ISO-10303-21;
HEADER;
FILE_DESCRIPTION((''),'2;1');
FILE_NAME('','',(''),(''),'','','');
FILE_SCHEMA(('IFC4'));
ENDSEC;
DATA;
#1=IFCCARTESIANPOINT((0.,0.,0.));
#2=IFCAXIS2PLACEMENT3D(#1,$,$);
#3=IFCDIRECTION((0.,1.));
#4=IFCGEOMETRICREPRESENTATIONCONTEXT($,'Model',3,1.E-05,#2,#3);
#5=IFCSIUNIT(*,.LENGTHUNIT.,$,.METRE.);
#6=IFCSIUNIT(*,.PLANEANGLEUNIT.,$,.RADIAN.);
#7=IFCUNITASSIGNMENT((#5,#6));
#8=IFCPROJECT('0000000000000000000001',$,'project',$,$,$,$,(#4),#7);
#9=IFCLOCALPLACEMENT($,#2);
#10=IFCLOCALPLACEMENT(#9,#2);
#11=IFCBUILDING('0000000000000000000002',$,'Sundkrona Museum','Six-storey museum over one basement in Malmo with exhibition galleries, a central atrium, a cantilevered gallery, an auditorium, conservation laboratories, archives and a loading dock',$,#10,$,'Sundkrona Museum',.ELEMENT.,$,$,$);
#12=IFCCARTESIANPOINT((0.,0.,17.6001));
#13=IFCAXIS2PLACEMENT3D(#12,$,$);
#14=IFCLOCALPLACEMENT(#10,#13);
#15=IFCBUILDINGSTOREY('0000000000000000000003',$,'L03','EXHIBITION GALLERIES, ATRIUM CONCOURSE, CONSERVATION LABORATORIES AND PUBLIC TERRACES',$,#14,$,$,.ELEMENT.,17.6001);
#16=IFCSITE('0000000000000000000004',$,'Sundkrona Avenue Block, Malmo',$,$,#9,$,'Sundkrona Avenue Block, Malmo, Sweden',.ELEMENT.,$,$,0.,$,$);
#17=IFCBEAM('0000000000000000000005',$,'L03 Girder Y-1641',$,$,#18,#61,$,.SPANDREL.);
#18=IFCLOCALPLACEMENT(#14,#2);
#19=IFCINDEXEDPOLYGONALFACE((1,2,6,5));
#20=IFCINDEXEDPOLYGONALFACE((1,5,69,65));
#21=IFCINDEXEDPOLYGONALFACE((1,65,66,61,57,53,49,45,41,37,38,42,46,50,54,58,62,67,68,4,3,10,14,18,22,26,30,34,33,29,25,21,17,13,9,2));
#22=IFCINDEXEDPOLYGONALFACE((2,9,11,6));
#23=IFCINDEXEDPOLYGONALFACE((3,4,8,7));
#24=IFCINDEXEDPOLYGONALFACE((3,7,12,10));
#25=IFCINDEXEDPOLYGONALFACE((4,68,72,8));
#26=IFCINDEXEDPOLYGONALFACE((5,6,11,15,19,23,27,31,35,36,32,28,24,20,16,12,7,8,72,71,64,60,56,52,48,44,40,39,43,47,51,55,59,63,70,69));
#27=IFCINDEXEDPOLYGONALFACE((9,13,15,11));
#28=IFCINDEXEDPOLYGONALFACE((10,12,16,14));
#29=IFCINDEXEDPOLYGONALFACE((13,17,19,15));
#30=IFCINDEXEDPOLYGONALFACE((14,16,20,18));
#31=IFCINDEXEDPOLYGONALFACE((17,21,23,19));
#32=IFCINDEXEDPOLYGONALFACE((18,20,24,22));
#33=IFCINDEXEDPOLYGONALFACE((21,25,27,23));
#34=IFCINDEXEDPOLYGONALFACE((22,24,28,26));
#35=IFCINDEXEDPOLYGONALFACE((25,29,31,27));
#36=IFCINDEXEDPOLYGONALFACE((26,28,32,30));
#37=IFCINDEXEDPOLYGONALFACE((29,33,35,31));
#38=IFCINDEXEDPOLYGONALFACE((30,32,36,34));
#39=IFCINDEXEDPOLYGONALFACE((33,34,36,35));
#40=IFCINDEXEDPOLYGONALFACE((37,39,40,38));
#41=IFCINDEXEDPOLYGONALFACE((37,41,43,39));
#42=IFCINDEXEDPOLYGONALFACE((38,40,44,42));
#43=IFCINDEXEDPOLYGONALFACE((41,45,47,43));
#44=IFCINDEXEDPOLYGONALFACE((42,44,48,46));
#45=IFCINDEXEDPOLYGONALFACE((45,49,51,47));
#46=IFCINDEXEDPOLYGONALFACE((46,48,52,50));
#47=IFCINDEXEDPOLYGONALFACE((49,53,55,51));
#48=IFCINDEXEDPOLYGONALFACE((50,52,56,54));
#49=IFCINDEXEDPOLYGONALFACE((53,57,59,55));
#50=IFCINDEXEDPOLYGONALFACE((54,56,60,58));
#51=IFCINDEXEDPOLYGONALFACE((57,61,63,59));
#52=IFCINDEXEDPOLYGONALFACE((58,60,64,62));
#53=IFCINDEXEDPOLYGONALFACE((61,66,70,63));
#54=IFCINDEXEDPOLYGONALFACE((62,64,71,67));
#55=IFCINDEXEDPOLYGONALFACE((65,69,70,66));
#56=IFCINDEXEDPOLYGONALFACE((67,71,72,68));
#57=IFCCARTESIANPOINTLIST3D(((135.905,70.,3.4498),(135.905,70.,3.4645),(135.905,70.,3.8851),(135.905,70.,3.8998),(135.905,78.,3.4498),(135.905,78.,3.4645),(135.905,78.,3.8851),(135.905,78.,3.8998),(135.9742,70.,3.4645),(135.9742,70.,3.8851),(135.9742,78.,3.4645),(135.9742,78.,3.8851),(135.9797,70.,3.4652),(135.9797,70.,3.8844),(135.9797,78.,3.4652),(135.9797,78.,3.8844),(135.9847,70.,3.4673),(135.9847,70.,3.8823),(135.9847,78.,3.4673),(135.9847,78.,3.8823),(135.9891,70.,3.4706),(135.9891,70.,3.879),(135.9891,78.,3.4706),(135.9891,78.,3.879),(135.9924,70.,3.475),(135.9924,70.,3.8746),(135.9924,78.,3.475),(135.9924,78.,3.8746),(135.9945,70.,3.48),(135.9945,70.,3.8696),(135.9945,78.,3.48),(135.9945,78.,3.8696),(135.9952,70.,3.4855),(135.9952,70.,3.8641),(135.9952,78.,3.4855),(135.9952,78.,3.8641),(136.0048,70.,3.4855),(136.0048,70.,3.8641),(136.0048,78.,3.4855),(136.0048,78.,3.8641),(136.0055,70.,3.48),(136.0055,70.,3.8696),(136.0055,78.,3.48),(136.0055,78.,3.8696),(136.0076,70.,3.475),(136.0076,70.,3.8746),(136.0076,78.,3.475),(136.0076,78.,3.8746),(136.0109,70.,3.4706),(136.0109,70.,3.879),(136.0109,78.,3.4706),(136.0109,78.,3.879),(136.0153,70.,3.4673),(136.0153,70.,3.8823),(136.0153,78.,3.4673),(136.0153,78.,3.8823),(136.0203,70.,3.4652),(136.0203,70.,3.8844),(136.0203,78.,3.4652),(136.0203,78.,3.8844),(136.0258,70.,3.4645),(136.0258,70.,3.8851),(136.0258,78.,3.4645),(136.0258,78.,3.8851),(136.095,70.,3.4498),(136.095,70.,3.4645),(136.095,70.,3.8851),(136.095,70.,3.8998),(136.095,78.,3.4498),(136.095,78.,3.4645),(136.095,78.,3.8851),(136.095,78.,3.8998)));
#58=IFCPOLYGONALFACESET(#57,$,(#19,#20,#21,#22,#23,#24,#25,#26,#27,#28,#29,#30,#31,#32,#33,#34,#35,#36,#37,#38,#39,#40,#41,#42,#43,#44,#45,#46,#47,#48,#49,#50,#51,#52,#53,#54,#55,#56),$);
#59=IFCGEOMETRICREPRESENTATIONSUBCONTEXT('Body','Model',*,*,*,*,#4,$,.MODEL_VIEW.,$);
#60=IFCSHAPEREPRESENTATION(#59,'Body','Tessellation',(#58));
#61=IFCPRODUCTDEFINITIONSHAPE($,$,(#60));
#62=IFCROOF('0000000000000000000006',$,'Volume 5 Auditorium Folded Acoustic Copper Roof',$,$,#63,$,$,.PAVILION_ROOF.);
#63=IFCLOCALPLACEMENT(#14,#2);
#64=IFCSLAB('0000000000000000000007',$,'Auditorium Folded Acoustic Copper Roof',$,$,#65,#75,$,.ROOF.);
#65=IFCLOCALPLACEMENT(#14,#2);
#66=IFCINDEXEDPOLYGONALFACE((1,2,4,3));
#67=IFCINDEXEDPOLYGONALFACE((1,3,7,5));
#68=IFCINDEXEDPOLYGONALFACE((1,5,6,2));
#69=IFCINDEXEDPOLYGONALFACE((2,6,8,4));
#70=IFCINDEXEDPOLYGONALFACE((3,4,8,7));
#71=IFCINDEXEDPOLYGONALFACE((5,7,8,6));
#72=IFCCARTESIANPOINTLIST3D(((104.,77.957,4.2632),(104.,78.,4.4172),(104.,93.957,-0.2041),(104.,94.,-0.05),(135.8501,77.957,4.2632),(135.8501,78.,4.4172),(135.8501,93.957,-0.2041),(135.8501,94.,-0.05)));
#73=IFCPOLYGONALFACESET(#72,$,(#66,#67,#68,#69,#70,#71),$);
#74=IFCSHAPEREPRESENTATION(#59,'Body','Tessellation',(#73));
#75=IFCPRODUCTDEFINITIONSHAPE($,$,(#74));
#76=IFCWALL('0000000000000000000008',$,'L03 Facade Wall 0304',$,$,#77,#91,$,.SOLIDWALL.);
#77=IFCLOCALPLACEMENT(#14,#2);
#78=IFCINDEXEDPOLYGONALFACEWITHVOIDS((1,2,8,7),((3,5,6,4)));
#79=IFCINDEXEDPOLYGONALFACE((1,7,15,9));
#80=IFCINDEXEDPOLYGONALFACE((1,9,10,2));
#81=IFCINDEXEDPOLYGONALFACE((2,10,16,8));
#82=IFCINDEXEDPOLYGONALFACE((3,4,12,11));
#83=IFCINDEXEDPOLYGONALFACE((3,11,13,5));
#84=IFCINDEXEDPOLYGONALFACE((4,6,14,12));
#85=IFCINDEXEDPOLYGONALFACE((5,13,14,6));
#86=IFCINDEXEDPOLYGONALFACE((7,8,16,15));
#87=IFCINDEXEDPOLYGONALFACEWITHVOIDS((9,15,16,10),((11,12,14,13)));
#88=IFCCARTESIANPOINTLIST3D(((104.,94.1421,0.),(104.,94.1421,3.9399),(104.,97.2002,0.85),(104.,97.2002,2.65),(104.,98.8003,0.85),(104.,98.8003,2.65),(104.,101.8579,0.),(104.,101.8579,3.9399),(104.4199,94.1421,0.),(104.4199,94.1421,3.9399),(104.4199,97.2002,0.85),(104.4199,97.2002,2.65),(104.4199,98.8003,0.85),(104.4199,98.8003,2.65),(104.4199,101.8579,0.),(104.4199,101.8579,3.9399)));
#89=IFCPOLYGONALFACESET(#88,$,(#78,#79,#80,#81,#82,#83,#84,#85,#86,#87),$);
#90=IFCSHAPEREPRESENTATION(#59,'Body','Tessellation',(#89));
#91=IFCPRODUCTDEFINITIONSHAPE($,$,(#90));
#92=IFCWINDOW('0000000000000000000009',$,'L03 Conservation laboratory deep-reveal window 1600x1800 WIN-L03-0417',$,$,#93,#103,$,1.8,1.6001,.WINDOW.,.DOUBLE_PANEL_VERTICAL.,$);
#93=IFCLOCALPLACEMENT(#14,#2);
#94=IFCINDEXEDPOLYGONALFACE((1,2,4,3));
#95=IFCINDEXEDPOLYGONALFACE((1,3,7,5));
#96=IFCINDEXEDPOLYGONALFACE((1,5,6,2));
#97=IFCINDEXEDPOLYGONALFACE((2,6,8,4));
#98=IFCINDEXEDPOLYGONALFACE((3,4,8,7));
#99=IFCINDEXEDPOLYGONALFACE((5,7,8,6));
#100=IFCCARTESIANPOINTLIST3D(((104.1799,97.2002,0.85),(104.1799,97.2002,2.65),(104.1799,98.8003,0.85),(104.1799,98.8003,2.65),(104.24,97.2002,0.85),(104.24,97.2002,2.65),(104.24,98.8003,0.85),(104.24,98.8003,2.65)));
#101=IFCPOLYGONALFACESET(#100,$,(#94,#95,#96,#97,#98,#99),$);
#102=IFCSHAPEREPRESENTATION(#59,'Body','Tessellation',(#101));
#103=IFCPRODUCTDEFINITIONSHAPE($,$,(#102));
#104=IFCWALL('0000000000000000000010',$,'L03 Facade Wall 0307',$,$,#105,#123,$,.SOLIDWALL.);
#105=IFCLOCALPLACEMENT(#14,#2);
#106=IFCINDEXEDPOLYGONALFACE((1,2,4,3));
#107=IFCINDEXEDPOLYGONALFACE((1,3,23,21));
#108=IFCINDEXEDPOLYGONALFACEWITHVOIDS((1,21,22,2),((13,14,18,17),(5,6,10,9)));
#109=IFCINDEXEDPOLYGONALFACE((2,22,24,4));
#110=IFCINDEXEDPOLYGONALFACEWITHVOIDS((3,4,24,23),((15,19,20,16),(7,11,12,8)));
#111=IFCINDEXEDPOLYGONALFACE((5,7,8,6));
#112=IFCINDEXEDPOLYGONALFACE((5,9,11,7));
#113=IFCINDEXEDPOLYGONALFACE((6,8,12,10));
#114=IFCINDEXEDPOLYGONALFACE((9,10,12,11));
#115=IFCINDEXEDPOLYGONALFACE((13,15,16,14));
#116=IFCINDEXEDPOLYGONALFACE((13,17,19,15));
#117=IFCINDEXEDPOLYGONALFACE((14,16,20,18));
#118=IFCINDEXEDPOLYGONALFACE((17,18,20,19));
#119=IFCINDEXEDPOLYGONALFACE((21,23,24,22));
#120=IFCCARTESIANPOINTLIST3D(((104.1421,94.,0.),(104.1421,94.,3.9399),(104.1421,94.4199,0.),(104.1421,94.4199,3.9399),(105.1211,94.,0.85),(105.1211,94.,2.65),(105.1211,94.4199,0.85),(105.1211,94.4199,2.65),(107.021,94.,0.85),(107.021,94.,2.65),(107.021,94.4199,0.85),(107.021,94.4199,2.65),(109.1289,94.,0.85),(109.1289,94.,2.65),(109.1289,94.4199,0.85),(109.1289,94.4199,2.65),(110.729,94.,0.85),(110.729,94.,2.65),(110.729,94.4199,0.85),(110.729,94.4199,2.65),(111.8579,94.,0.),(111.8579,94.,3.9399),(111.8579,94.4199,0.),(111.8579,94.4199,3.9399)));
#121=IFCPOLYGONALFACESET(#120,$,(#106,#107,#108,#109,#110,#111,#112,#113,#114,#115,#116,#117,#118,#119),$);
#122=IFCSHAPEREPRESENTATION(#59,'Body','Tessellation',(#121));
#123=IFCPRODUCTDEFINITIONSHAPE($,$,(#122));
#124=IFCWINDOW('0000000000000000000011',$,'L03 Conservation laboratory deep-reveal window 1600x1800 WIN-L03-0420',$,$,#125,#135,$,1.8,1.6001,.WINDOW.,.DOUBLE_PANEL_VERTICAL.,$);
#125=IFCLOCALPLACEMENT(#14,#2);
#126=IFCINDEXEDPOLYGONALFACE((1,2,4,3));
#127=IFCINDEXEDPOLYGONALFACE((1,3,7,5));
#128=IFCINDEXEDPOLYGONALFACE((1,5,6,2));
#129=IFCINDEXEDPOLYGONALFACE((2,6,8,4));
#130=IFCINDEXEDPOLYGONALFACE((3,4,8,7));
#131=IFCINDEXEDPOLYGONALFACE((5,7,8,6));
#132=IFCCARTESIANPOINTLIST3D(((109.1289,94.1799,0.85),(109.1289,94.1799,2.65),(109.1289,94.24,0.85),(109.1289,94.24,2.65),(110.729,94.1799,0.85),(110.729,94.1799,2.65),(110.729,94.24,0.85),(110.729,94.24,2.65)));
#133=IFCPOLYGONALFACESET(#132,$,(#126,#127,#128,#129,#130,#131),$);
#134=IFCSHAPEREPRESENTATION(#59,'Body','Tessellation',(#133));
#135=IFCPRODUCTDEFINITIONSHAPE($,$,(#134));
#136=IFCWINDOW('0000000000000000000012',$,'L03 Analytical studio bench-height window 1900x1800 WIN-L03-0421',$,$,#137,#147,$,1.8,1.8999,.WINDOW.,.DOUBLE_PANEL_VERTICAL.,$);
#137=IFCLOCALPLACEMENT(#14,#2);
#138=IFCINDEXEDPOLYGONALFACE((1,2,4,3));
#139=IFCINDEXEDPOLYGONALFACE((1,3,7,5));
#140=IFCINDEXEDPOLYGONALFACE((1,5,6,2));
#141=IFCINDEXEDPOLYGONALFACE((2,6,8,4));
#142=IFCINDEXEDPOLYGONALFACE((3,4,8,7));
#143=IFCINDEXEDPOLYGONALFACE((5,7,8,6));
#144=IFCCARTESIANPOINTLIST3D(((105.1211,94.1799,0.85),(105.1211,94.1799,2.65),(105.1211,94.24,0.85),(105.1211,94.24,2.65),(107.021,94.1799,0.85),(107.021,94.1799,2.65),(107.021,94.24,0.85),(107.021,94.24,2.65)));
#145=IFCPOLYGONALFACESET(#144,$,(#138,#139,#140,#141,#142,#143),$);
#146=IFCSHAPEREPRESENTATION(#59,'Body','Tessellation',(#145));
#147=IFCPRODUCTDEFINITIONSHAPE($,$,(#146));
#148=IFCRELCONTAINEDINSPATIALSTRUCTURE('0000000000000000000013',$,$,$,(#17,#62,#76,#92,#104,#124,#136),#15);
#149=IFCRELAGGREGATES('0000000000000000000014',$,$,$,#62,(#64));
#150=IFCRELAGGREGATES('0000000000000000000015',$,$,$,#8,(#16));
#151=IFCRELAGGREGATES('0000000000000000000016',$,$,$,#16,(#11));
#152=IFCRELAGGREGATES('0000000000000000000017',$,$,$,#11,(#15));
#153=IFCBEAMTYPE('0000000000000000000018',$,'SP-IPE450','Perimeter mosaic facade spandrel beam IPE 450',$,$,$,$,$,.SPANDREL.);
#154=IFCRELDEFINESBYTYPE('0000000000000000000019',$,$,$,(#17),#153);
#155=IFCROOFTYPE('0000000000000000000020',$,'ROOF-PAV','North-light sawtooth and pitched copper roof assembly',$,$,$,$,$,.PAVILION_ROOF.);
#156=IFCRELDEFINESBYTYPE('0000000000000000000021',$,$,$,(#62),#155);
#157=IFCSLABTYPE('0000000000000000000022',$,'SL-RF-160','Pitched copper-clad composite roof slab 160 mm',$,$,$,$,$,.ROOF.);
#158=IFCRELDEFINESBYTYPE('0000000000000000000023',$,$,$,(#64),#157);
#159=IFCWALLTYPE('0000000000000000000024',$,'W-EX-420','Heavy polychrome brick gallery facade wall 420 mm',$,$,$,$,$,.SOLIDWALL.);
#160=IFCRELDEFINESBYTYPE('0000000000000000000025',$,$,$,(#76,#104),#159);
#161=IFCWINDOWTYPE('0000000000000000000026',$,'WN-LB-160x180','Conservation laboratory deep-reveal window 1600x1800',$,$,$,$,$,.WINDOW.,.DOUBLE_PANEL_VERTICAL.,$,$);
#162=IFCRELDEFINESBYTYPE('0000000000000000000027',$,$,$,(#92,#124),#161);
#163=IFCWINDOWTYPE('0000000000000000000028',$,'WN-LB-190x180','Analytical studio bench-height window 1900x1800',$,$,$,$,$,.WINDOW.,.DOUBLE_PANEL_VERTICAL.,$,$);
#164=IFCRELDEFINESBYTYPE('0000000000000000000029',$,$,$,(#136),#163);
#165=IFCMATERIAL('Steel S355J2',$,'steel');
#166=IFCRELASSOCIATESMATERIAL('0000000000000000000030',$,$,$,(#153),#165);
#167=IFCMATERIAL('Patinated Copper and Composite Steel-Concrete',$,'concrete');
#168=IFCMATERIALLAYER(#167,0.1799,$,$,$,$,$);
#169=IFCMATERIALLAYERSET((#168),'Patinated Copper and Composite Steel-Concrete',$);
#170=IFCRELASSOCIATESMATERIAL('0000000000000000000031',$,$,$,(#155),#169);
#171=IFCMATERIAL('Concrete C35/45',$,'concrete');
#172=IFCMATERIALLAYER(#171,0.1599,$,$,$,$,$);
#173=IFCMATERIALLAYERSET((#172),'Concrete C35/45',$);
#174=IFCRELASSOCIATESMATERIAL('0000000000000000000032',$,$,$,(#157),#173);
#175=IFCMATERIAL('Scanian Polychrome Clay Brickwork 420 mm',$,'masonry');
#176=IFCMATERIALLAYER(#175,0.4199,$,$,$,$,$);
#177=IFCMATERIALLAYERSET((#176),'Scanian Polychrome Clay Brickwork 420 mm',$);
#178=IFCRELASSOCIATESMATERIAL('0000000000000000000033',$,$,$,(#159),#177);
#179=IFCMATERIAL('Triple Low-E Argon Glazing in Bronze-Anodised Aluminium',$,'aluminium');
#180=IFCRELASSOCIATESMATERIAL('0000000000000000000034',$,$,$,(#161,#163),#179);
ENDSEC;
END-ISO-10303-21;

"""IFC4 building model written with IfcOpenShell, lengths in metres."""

from ifc_helpers import new_model, si_unit, direction, frame, frame_2d, origin, origin_2d, place, context, subcontext, project, spatial, polyline, rectangle, i_section, outline, extrude, material, layer, layer_set, material_profile, profile_set, type_object, element, fill, aggregate, save


model = new_model("IFC4")

# Units and contexts
model_context = context("Model", 3, precision=1e-05, world=origin(), true_north=direction((0.0, 1.0)))
body_context = subcontext(model_context, "Body", "Model", "MODEL_VIEW")
ifc_project = project(units=[si_unit("LENGTHUNIT", "METRE"), si_unit("PLANEANGLEUNIT", "RADIAN")], contexts=[model_context])

# Site, building, storey
site_placement = place(None, origin())
site = spatial("IfcSite", under=ifc_project, at=site_placement, Name="Sundkrona Avenue Block, Malmo", LongName="Sundkrona Avenue Block, Malmo, Sweden", CompositionType="ELEMENT", RefElevation=0.0)
building_placement = place(site_placement, origin())
building = spatial("IfcBuilding", under=site, at=building_placement, Name="Sundkrona Museum", Description="Six-storey museum over one basement in Malmo with exhibition galleries, a central atrium, a cantilevered gallery, an auditorium, conservation laboratories, archives and a loading dock", LongName="Sundkrona Museum", CompositionType="ELEMENT")
storey_placement = place(building_placement, frame((0.0, 0.0, 17.6001)))
storey = spatial("IfcBuildingStorey", under=building, at=storey_placement, Name="L03", Description="EXHIBITION GALLERIES, ATRIUM CONCOURSE, CONSERVATION LABORATORIES AND PUBLIC TERRACES", CompositionType="ELEMENT", Elevation=17.6001)

# Shared definitions
ifc_material_1 = material(Name="Steel S355J2", Category="steel")

# Beam
ifc_material_profile_1 = material_profile(ifc_material_1, i_section(OverallWidth=0.1899, OverallDepth=0.45, WebThickness=0.0095, FlangeThickness=0.0146, FilletRadius=0.021, at=origin_2d()), Name="IPE 450")
ifc_profile_set_1 = profile_set([ifc_material_profile_1], Name="Steel S355J2")
beam_type_1 = type_object("IfcBeamType", Name="SP-IPE450", Description="Perimeter mosaic facade spandrel beam IPE 450", PredefinedType="SPANDREL", material=ifc_profile_set_1)
beam_1_placement = place(storey_placement, frame((136.0, 70.0, 3.6748), z_axis=(0.0, 1.0, 0.0), x_axis=(-1.0, 0.0, 0.0)))
element("IfcBeam", 1, at=beam_1_placement, inside=storey, type_object=beam_type_1, Name="L03 Girder Y-1641", PredefinedType="SPANDREL", context=body_context, shape_type="SweptSolid", body=[
    extrude(i_section(OverallWidth=0.1899, OverallDepth=0.45, WebThickness=0.0095, FlangeThickness=0.0146, FilletRadius=0.021, at=origin_2d()), origin(), (0.0, 0.0, 1.0), 8.0),
])

# Roof, slab
ifc_material_2 = material(Name="Patinated Copper and Composite Steel-Concrete", Category="concrete")
ifc_layer_1 = layer(ifc_material_2, 0.1799)
ifc_layer_set_1 = layer_set([ifc_layer_1], Name="Patinated Copper and Composite Steel-Concrete")
roof_type = type_object("IfcRoofType", Name="ROOF-PAV", Description="North-light sawtooth and pitched copper roof assembly", PredefinedType="PAVILION_ROOF", material=ifc_layer_set_1)
roof_placement = place(storey_placement, origin())
roof = element("IfcRoof", 2, at=roof_placement, inside=storey, type_object=roof_type, Name="Volume 5 Auditorium Folded Acoustic Copper Roof", PredefinedType="PAVILION_ROOF")
ifc_material_3 = material(Name="Concrete C35/45", Category="concrete")
ifc_layer_2 = layer(ifc_material_3, 0.1599)
ifc_layer_set_2 = layer_set([ifc_layer_2], Name="Concrete C35/45")
slab_type = type_object("IfcSlabType", Name="SL-RF-160", Description="Pitched copper-clad composite roof slab 160 mm", PredefinedType="ROOF", material=ifc_layer_set_2)
slab_placement = place(storey_placement, frame((104.0, 78.0, 4.4172), z_axis=(0.0, 0.26892, 0.963162), x_axis=(1.0, 0.0, 0.0)))
slab = element("IfcSlab", 3, at=slab_placement, type_object=slab_type, Name="Auditorium Folded Acoustic Copper Roof", PredefinedType="ROOF", context=body_context, shape_type="SweptSolid", body=[
    extrude(outline(polyline([(0.0, 0.0), (31.8501, 0.0), (31.8501, 16.6119), (0.0, 16.6119), (0.0, 0.0)])), origin(), (0.0, 0.0, -1.0), 0.1599),
])
aggregate(roof, [slab])

# Wall, opening, window
ifc_material_4 = material(Name="Scanian Polychrome Clay Brickwork 420 mm", Category="masonry")
ifc_layer_3 = layer(ifc_material_4, 0.4199)
ifc_layer_set_3 = layer_set([ifc_layer_3], Name="Scanian Polychrome Clay Brickwork 420 mm")
wall_type_1 = type_object("IfcWallType", Name="W-EX-420", Description="Heavy polychrome brick gallery facade wall 420 mm", PredefinedType="SOLIDWALL", material=ifc_layer_set_3)
wall_1_placement = place(storey_placement, frame((104.21, 94.1421, 0.0), z_axis=(0.0, 0.0, 1.0), x_axis=(0.0, 1.0, 0.0)))
wall_1 = element("IfcWall", 4, at=wall_1_placement, inside=storey, type_object=wall_type_1, Name="L03 Facade Wall 0304", PredefinedType="SOLIDWALL", context=body_context, shape_type="SweptSolid", body=[
    extrude(rectangle(XDim=7.7158, YDim=0.4199, at=frame_2d((3.8579, 0.0))), origin(), (0.0, 0.0, 1.0), 3.9399),
])
opening_1_placement = place(wall_1_placement, frame((3.0581, 0.0, 0.8501)))
opening_1 = element("IfcOpeningElement", 5, at=opening_1_placement, cuts=wall_1, PredefinedType="OPENING", context=body_context, shape_type="SweptSolid", body=[
    extrude(rectangle(XDim=1.6001, YDim=1.8, at=frame_2d((0.8, 0.8999))), frame((0.0, 0.22, 0.0), z_axis=(0.0, -1.0, 0.0), x_axis=(1.0, 0.0, 0.0)), (0.0, 0.0, 1.0), 0.4399),
])
ifc_material_5 = material(Name="Triple Low-E Argon Glazing in Bronze-Anodised Aluminium", Category="aluminium")
window_type_1 = type_object("IfcWindowType", Name="WN-LB-160x180", Description="Conservation laboratory deep-reveal window 1600x1800", PartitioningType="DOUBLE_PANEL_VERTICAL", PredefinedType="WINDOW", material=ifc_material_5)
window_1_placement = place(opening_1_placement, origin())
window_1 = element("IfcWindow", 6, at=window_1_placement, inside=storey, type_object=window_type_1, Name="L03 Conservation laboratory deep-reveal window 1600x1800 WIN-L03-0417", OverallHeight=1.8, OverallWidth=1.6001, PartitioningType="DOUBLE_PANEL_VERTICAL", PredefinedType="WINDOW", context=body_context, shape_type="SweptSolid", body=[
    extrude(rectangle(XDim=1.6001, YDim=1.8, at=frame_2d((0.8, 0.8999))), frame((0.0, 0.03, 0.0), z_axis=(0.0, -1.0, 0.0), x_axis=(1.0, 0.0, 0.0)), (0.0, 0.0, 1.0), 0.0601),
])
fill(opening_1, window_1)

# Wall, openings, windows
wall_2_placement = place(storey_placement, frame((111.8579, 94.21, 0.0), z_axis=(0.0, 0.0, 1.0), x_axis=(-1.0, 0.0, 0.0)))
wall_2 = element("IfcWall", 7, at=wall_2_placement, inside=storey, type_object=wall_type_1, Name="L03 Facade Wall 0307", PredefinedType="SOLIDWALL", context=body_context, shape_type="SweptSolid", body=[
    extrude(rectangle(XDim=7.7158, YDim=0.4199, at=frame_2d((3.8579, 0.0))), origin(), (0.0, 0.0, 1.0), 3.9399),
])
opening_2_placement = place(wall_2_placement, frame((1.1289, 0.0, 0.8501)))
opening_2 = element("IfcOpeningElement", 8, at=opening_2_placement, cuts=wall_2, PredefinedType="OPENING", context=body_context, shape_type="SweptSolid", body=[
    extrude(rectangle(XDim=1.6001, YDim=1.8, at=frame_2d((0.8, 0.8999))), frame((0.0, 0.22, 0.0), z_axis=(0.0, -1.0, 0.0), x_axis=(1.0, 0.0, 0.0)), (0.0, 0.0, 1.0), 0.4399),
])
opening_3_placement = place(wall_2_placement, frame((4.8369, 0.0, 0.8501)))
opening_3 = element("IfcOpeningElement", 9, at=opening_3_placement, cuts=wall_2, PredefinedType="OPENING", context=body_context, shape_type="SweptSolid", body=[
    extrude(rectangle(XDim=1.8999, YDim=1.8, at=frame_2d((0.95, 0.8999))), frame((0.0, 0.22, 0.0), z_axis=(0.0, -1.0, 0.0), x_axis=(1.0, 0.0, 0.0)), (0.0, 0.0, 1.0), 0.4399),
])
window_2_placement = place(opening_2_placement, origin())
window_2 = element("IfcWindow", 10, at=window_2_placement, inside=storey, type_object=window_type_1, Name="L03 Conservation laboratory deep-reveal window 1600x1800 WIN-L03-0420", OverallHeight=1.8, OverallWidth=1.6001, PartitioningType="DOUBLE_PANEL_VERTICAL", PredefinedType="WINDOW", context=body_context, shape_type="SweptSolid", body=[
    extrude(rectangle(XDim=1.6001, YDim=1.8, at=frame_2d((0.8, 0.8999))), frame((0.0, 0.03, 0.0), z_axis=(0.0, -1.0, 0.0), x_axis=(1.0, 0.0, 0.0)), (0.0, 0.0, 1.0), 0.0601),
])
fill(opening_2, window_2)
window_type_2 = type_object("IfcWindowType", Name="WN-LB-190x180", Description="Analytical studio bench-height window 1900x1800", PartitioningType="DOUBLE_PANEL_VERTICAL", PredefinedType="WINDOW", material=ifc_material_5)
window_3_placement = place(opening_3_placement, origin())
window_3 = element("IfcWindow", 11, at=window_3_placement, inside=storey, type_object=window_type_2, Name="L03 Analytical studio bench-height window 1900x1800 WIN-L03-0421", OverallHeight=1.8, OverallWidth=1.8999, PartitioningType="DOUBLE_PANEL_VERTICAL", PredefinedType="WINDOW", context=body_context, shape_type="SweptSolid", body=[
    extrude(rectangle(XDim=1.8999, YDim=1.8, at=frame_2d((0.95, 0.8999))), frame((0.0, 0.03, 0.0), z_axis=(0.0, -1.0, 0.0), x_axis=(1.0, 0.0, 0.0)), (0.0, 0.0, 1.0), 0.0601),
])
fill(opening_3, window_3)

save(model, "model.ifc")
